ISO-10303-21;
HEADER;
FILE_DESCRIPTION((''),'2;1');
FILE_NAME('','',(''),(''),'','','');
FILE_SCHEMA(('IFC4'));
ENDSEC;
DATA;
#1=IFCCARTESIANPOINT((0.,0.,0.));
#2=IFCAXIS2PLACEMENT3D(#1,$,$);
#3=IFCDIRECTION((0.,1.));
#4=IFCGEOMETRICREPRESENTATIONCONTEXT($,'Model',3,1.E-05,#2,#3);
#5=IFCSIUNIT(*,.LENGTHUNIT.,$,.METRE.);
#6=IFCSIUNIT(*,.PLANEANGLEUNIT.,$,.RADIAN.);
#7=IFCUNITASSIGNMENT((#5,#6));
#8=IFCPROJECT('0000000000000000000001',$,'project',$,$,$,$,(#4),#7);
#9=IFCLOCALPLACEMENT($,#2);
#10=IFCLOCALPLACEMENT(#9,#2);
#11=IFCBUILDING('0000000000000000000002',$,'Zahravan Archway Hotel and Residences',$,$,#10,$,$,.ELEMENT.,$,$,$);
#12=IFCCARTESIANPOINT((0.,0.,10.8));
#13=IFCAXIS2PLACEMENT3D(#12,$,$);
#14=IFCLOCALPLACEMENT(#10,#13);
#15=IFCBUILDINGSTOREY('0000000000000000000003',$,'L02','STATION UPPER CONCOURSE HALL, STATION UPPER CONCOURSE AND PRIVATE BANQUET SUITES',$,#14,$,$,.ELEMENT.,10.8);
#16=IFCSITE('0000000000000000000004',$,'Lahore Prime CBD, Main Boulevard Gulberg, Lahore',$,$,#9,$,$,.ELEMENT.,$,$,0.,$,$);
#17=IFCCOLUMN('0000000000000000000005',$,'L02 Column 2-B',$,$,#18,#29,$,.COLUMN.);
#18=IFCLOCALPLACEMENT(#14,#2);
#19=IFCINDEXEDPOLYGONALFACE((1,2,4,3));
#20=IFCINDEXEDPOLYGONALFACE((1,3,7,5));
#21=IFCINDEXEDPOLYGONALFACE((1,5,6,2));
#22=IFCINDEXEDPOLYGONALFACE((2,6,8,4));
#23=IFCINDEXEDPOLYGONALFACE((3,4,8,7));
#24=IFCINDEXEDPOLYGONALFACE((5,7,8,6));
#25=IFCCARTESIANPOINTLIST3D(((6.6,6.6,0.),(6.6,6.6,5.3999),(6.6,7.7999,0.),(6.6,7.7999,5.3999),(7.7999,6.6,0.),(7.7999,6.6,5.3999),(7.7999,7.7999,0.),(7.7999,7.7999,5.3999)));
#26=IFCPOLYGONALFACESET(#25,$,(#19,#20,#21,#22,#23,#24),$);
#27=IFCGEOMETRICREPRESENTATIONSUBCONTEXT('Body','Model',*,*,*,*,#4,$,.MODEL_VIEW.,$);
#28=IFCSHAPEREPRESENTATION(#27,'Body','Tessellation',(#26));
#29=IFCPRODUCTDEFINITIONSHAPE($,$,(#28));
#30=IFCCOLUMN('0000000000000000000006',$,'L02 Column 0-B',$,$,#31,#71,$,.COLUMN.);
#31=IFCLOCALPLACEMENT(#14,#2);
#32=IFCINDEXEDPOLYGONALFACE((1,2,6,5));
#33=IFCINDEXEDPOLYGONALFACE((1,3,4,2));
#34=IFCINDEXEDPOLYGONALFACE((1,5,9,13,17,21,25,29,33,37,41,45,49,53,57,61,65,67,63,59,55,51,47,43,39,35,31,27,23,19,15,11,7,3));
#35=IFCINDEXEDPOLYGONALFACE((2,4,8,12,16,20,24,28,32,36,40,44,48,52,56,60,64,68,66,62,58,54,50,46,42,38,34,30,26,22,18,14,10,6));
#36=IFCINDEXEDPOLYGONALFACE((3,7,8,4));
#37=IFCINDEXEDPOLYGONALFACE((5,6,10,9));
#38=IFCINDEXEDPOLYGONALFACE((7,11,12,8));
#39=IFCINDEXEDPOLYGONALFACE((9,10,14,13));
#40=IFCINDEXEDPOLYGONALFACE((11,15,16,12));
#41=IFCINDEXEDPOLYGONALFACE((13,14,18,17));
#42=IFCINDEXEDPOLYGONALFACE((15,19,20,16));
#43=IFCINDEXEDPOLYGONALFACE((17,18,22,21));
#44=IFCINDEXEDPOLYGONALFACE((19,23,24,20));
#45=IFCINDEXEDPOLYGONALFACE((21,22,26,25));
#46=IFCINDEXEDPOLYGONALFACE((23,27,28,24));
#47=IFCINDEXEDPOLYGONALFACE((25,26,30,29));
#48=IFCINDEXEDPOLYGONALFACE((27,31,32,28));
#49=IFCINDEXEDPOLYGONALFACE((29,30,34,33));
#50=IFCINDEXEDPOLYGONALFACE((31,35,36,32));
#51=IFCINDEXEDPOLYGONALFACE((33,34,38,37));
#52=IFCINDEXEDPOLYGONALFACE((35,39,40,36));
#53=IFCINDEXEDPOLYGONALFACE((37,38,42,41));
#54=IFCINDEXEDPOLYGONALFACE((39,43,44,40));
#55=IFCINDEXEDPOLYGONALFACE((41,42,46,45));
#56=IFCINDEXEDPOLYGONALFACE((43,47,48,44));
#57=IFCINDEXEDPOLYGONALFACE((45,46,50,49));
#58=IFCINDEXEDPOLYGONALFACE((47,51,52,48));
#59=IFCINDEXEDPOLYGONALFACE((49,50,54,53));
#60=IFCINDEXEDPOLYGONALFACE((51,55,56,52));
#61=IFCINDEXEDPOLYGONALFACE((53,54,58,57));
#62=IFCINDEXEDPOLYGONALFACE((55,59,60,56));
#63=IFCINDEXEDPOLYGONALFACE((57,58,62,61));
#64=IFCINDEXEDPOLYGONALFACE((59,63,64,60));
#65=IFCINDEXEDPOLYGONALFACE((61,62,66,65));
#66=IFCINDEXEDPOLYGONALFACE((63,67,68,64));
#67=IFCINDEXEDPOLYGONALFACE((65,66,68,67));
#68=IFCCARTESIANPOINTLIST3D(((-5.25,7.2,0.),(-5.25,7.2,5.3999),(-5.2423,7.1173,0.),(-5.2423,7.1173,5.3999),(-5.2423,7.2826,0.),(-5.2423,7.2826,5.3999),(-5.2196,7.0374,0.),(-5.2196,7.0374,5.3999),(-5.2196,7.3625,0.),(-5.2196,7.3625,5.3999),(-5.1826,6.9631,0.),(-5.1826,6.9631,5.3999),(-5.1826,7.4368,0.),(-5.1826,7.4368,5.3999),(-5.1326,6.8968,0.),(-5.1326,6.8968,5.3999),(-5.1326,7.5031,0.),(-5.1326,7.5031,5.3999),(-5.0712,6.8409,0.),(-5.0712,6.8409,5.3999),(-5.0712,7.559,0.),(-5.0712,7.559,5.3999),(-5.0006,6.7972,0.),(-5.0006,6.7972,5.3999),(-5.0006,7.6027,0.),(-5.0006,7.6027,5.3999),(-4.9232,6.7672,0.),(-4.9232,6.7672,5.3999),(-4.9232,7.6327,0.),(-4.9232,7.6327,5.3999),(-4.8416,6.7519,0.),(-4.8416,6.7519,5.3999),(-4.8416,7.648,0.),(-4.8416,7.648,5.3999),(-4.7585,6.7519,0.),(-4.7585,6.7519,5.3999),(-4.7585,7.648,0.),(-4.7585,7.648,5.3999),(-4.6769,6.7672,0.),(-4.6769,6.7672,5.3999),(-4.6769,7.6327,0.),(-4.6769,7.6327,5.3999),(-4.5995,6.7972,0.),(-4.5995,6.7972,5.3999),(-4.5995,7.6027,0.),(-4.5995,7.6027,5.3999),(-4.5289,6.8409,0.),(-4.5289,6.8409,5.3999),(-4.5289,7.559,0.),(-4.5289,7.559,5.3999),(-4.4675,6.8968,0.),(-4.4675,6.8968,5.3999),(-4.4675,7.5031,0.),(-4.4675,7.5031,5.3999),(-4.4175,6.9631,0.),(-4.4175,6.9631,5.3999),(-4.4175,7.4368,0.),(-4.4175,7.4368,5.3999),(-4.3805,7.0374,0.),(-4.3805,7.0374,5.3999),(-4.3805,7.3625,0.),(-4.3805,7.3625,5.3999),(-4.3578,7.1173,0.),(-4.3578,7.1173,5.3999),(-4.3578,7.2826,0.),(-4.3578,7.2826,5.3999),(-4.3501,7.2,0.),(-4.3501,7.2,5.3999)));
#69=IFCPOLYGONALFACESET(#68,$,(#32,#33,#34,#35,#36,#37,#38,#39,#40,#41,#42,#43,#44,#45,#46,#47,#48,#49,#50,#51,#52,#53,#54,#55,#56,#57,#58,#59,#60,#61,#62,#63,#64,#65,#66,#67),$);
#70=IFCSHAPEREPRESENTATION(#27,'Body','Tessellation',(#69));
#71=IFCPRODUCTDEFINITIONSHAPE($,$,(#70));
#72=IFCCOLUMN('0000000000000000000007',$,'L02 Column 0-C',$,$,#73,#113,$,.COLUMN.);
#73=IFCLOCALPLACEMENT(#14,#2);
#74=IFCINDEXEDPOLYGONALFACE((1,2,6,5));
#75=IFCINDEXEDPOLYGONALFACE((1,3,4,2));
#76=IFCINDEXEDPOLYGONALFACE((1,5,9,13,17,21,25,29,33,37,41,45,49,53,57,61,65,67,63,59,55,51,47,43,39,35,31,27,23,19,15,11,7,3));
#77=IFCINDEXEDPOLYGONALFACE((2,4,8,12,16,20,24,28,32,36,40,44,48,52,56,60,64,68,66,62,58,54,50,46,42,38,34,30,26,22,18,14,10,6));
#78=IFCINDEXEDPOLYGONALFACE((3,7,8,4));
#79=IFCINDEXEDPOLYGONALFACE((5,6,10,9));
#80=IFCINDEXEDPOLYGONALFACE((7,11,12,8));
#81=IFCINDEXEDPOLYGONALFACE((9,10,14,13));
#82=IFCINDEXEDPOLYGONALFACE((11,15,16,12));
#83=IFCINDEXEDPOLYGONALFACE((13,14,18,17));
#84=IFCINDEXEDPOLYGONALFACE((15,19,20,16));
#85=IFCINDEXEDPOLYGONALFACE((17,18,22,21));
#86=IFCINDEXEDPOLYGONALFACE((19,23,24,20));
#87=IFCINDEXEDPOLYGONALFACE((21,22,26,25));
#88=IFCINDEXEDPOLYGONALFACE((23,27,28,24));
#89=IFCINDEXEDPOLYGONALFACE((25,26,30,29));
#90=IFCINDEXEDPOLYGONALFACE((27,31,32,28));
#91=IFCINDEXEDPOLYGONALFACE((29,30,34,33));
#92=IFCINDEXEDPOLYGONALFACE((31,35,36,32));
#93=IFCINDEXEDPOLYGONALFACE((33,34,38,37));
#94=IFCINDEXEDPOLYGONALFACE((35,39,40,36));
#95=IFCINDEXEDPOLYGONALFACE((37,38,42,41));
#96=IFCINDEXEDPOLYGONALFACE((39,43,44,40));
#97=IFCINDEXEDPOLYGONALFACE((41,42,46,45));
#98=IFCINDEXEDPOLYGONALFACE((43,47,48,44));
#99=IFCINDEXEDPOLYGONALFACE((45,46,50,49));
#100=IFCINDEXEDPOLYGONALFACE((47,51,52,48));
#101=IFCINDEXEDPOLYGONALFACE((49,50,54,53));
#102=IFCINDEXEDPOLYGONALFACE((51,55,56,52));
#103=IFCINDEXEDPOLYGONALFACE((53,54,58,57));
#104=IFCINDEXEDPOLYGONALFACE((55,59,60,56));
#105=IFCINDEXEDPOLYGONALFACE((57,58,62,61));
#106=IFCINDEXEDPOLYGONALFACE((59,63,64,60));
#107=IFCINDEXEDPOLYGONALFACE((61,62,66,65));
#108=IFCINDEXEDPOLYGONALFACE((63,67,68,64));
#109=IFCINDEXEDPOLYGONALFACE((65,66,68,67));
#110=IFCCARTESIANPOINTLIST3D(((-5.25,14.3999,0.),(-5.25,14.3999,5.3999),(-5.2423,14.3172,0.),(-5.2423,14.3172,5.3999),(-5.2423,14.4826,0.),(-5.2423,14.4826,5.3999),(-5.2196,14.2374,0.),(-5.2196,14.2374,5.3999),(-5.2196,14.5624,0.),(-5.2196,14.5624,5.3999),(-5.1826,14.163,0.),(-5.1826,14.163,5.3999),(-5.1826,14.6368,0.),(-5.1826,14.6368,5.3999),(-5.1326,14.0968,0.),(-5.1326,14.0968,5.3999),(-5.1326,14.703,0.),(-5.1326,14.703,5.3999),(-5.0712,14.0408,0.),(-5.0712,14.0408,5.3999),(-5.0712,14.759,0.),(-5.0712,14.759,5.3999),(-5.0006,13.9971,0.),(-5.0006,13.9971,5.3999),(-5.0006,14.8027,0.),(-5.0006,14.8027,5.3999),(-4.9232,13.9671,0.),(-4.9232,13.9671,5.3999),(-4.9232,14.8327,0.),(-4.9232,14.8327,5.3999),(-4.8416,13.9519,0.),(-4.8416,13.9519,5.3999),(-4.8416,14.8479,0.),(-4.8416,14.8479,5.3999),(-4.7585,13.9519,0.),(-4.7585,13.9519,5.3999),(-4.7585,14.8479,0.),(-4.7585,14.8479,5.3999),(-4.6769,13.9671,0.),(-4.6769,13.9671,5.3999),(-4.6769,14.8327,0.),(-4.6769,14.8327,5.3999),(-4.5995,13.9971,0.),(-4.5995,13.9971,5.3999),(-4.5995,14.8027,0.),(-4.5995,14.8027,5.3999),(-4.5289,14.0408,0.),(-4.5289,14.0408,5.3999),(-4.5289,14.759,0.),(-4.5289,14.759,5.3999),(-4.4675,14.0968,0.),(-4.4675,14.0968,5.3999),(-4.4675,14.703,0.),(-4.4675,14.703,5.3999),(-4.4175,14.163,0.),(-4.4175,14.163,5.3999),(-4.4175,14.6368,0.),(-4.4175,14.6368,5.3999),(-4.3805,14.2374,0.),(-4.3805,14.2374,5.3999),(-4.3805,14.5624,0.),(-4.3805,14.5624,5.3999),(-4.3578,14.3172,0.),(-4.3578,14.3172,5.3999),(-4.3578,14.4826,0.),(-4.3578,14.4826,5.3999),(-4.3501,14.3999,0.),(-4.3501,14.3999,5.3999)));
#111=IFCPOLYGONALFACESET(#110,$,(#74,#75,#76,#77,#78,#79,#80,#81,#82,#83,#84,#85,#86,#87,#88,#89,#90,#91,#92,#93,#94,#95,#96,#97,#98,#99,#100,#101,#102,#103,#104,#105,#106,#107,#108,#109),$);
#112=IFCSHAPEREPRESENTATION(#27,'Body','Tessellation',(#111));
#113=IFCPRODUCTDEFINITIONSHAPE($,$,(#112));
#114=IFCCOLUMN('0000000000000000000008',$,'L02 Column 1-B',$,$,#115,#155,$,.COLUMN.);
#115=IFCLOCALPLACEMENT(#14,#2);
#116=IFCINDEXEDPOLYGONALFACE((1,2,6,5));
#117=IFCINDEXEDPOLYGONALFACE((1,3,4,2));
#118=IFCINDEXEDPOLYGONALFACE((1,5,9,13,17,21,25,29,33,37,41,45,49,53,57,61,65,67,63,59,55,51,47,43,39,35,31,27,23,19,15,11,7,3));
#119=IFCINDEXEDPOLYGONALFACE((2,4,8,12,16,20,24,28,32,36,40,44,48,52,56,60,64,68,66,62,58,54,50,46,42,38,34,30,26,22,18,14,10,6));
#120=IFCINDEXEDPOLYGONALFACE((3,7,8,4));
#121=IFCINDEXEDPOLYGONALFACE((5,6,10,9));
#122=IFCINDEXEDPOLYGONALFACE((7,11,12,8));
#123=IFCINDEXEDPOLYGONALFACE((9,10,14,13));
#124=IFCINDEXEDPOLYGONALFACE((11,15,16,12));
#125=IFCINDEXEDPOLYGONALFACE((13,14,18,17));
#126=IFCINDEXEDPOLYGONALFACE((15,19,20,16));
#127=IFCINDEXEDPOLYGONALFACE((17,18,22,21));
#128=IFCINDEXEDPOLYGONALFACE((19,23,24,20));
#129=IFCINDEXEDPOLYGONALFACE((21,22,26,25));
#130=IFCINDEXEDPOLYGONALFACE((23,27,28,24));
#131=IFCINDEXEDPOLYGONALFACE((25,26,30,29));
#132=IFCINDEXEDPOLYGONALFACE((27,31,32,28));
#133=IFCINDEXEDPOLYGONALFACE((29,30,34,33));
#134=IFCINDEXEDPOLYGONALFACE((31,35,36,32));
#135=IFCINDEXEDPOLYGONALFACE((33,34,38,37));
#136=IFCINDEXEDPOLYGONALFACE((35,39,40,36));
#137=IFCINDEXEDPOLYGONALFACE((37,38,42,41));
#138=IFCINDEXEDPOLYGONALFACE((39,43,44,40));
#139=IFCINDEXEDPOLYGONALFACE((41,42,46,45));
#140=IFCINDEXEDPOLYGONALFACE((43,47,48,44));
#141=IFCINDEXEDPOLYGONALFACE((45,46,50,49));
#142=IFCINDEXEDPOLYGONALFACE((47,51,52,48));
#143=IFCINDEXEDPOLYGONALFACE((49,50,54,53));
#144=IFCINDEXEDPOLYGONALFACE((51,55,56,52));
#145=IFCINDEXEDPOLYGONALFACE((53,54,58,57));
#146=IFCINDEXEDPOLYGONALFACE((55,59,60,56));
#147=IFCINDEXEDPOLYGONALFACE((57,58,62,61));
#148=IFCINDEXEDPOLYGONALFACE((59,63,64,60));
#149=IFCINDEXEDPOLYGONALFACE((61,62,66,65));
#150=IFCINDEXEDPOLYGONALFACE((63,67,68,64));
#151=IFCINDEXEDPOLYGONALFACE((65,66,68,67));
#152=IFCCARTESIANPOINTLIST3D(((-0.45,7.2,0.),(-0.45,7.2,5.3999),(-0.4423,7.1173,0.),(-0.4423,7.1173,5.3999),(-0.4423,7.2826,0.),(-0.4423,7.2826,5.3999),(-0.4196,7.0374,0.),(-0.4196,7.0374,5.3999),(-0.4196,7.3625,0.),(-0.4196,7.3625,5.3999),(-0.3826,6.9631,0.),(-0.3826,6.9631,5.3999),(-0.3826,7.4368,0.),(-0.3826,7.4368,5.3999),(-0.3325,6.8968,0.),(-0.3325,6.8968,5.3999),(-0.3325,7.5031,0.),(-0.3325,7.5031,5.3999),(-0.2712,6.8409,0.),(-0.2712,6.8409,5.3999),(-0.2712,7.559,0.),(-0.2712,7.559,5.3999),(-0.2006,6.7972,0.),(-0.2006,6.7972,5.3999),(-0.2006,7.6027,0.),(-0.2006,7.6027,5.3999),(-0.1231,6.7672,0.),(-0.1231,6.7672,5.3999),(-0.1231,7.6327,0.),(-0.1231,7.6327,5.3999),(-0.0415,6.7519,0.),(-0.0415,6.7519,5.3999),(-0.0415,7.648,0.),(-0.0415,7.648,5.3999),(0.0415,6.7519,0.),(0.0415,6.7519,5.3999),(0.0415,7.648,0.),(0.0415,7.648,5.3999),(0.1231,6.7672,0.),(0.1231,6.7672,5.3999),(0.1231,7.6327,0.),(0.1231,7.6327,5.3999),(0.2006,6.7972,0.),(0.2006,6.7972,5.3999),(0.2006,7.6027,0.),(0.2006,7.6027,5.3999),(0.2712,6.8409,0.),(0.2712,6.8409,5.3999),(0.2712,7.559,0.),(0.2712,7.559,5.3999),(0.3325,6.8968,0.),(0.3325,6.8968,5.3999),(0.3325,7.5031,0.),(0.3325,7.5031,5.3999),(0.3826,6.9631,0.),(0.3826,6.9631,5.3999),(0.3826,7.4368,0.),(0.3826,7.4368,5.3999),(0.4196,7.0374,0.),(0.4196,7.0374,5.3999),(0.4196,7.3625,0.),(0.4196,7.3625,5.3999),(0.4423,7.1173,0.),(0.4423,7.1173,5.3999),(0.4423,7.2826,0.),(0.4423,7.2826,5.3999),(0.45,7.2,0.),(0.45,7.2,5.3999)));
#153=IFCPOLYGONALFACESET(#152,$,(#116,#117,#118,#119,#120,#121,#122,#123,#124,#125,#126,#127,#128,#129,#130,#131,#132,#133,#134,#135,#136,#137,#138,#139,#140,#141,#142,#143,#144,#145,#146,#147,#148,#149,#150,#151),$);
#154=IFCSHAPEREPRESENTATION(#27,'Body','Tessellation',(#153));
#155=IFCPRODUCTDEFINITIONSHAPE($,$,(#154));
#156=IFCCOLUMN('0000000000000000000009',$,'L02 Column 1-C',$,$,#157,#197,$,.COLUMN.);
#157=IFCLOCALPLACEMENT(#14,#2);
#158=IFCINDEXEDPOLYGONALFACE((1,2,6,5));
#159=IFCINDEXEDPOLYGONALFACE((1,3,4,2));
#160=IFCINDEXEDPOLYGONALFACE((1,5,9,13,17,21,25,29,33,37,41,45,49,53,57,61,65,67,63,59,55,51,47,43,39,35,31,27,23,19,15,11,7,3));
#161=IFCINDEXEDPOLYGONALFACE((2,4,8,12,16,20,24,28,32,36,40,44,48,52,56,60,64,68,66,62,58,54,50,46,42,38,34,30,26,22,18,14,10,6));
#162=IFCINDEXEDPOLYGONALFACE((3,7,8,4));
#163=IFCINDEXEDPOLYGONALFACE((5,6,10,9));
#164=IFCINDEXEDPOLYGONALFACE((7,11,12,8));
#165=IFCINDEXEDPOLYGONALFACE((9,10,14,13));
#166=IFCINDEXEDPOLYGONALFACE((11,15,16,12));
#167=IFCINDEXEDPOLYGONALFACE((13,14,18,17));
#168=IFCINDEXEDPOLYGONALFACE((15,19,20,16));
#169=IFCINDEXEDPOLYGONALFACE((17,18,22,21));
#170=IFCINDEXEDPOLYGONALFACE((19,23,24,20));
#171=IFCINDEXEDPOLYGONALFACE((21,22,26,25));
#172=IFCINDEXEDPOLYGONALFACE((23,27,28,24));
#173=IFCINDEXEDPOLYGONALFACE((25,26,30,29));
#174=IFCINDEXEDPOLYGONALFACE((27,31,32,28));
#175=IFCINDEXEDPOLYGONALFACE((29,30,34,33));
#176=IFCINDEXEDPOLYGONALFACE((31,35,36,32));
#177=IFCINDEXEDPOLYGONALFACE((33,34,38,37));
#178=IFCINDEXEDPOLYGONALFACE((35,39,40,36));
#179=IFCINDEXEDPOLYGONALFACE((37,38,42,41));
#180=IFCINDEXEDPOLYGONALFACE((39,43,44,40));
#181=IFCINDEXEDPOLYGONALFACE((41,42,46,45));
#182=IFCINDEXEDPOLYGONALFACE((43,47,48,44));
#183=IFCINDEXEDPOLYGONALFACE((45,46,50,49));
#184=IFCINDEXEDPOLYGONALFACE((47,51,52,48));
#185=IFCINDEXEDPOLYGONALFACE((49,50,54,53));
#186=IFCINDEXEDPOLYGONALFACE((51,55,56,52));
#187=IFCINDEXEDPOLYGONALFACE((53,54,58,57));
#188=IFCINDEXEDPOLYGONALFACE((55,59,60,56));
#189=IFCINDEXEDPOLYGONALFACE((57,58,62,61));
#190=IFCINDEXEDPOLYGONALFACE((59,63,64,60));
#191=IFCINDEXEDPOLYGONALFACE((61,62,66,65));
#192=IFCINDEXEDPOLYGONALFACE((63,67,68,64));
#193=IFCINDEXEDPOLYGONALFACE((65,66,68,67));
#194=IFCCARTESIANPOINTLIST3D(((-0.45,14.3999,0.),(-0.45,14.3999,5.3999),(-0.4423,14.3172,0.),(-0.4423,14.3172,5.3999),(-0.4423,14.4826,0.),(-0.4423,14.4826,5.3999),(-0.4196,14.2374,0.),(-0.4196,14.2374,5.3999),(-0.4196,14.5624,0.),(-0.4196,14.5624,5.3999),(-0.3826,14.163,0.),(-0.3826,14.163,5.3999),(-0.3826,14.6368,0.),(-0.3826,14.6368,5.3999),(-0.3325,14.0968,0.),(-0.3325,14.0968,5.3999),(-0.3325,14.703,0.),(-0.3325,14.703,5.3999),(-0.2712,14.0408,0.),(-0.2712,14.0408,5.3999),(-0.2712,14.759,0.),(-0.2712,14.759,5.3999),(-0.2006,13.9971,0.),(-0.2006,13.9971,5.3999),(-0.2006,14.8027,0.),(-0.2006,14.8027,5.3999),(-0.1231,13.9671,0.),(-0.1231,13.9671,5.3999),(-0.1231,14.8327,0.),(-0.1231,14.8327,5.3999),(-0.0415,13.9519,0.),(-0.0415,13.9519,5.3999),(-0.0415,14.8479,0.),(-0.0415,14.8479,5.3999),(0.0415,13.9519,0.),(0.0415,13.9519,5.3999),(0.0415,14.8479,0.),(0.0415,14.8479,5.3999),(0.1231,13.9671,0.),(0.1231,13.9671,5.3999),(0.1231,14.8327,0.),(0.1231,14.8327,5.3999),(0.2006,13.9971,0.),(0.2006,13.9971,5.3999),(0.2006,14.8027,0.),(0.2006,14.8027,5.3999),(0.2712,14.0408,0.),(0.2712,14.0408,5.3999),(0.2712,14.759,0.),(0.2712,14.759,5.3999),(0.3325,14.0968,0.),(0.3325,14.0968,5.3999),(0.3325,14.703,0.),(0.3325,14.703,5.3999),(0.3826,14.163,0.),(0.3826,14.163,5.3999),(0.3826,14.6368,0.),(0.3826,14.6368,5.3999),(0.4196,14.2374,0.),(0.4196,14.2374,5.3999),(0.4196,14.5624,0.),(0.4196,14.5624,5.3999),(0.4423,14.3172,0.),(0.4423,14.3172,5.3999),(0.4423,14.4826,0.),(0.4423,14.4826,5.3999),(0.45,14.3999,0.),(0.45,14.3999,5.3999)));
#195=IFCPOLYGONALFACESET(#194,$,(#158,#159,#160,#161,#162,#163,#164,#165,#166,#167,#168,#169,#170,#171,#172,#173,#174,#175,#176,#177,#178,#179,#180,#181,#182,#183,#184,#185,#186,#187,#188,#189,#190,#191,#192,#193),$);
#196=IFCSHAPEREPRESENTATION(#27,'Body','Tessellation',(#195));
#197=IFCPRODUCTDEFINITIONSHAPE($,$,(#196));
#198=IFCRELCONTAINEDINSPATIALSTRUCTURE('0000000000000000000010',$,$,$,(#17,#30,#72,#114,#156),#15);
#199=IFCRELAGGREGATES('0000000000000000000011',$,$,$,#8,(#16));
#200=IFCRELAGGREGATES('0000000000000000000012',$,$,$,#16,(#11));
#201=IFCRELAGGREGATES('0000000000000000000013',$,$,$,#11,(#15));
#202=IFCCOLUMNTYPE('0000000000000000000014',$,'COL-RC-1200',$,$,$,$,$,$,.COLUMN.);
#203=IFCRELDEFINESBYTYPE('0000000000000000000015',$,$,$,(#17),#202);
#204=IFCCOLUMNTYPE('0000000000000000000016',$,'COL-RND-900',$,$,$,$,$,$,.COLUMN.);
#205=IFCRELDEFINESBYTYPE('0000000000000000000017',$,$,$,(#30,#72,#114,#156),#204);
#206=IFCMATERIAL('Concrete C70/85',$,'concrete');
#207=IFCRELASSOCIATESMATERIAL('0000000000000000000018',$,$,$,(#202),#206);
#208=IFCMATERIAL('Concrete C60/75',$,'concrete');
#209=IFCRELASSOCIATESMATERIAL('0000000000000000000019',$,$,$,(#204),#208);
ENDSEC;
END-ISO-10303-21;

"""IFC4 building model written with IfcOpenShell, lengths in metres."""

from ifc_helpers import new_model, si_unit, direction, frame, origin, origin_2d, place, context, subcontext, project, spatial, rectangle, circle, extrude, source, transform, mapped, material, material_profile, profile_set, type_object, type_shapes, element, save


model = new_model("IFC4")

# Units and contexts
model_context = context("Model", 3, precision=1e-05, world=origin(), true_north=direction((0.0, 1.0)))
body_context = subcontext(model_context, "Body", "Model", "MODEL_VIEW")
ifc_project = project(units=[si_unit("LENGTHUNIT", "METRE"), si_unit("PLANEANGLEUNIT", "RADIAN")], contexts=[model_context])

# Site, building, storey
site_placement = place(None, origin())
site = spatial("IfcSite", under=ifc_project, at=site_placement, Name="Lahore Prime CBD, Main Boulevard Gulberg, Lahore", CompositionType="ELEMENT", RefElevation=0.0)
building_placement = place(site_placement, origin())
building = spatial("IfcBuilding", under=site, at=building_placement, Name="Zahravan Archway Hotel and Residences", CompositionType="ELEMENT")
storey_placement = place(building_placement, frame((0.0, 0.0, 10.8)))
storey = spatial("IfcBuildingStorey", under=building, at=storey_placement, Name="L02", Description="STATION UPPER CONCOURSE HALL, STATION UPPER CONCOURSE AND PRIVATE BANQUET SUITES", CompositionType="ELEMENT", Elevation=10.8)

# Columns
ifc_material_1 = material(Name="Concrete C70/85", Category="concrete")
ifc_material_profile_1 = material_profile(ifc_material_1, rectangle(XDim=1.2, YDim=1.2, at=origin_2d()), Name="RC-COL-1200x1200", Category="concrete")
ifc_profile_set_1 = profile_set([ifc_material_profile_1], Name="Concrete C70/85")
column_type_1 = type_object("IfcColumnType", Name="COL-RC-1200", PredefinedType="COLUMN", material=ifc_profile_set_1)
shared_shape_1 = source(origin(), body_context, "Body", "SweptSolid", [
    extrude(rectangle(XDim=1.2, YDim=1.2, at=origin_2d()), origin(), (0.0, 0.0, 1.0), 5.3999),
])
column_placement = place(storey_placement, frame((7.2, 7.2, 0.0), z_axis=(0.0, 0.0, 1.0), x_axis=(1.0, 0.0, 0.0)))
element("IfcColumn", 1, at=column_placement, inside=storey, type_object=column_type_1, Name="L02 Column 2-B", PredefinedType="COLUMN", context=body_context, shape_type="MappedRepresentation", body=[
    mapped(shared_shape_1, transform((0.0, 0.0, 0.0), scale=1.0)),
])
ifc_material_2 = material(Name="Concrete C60/75", Category="concrete")
ifc_material_profile_2 = material_profile(ifc_material_2, circle(Radius=0.45, at=origin_2d()), Name="RC-CIRC-900", Category="concrete")
ifc_profile_set_2 = profile_set([ifc_material_profile_2], Name="Concrete C60/75")
column_type_2 = type_object("IfcColumnType", Name="COL-RND-900", PredefinedType="COLUMN", material=ifc_profile_set_2)
shared_shape_2 = source(origin(), body_context, "Body", "SweptSolid", [
    extrude(circle(Radius=0.45, at=origin_2d()), origin(), (0.0, 0.0, 1.0), 5.3999),
])
type_shapes(column_type_2, [shared_shape_2])
for number, where, z_axis, x_axis, name in (
    (2, (-4.8, 7.2, 0.0), (0.0, 0.0, 1.0), (1.0, 0.0, 0.0), "L02 Column 0-B"),
    (3, (-4.8, 14.3999, 0.0), (0.0, 0.0, 1.0), (1.0, 0.0, 0.0), "L02 Column 0-C"),
    (4, (0.0, 7.2, 0.0), (0.0, 0.0, 1.0), (1.0, 0.0, 0.0), "L02 Column 1-B"),
    (5, (0.0, 14.3999, 0.0), (0.0, 0.0, 1.0), (1.0, 0.0, 0.0), "L02 Column 1-C"),
):
    element("IfcColumn", number, at=place(storey_placement, frame(where, z_axis=z_axis, x_axis=x_axis)), inside=storey, type_object=column_type_2, Name=name, PredefinedType="COLUMN", context=body_context, shape_type="MappedRepresentation", body=[
        mapped(shared_shape_2, transform((0.0, 0.0, 0.0), scale=1.0)),
    ])

save(model, "model.ifc")
